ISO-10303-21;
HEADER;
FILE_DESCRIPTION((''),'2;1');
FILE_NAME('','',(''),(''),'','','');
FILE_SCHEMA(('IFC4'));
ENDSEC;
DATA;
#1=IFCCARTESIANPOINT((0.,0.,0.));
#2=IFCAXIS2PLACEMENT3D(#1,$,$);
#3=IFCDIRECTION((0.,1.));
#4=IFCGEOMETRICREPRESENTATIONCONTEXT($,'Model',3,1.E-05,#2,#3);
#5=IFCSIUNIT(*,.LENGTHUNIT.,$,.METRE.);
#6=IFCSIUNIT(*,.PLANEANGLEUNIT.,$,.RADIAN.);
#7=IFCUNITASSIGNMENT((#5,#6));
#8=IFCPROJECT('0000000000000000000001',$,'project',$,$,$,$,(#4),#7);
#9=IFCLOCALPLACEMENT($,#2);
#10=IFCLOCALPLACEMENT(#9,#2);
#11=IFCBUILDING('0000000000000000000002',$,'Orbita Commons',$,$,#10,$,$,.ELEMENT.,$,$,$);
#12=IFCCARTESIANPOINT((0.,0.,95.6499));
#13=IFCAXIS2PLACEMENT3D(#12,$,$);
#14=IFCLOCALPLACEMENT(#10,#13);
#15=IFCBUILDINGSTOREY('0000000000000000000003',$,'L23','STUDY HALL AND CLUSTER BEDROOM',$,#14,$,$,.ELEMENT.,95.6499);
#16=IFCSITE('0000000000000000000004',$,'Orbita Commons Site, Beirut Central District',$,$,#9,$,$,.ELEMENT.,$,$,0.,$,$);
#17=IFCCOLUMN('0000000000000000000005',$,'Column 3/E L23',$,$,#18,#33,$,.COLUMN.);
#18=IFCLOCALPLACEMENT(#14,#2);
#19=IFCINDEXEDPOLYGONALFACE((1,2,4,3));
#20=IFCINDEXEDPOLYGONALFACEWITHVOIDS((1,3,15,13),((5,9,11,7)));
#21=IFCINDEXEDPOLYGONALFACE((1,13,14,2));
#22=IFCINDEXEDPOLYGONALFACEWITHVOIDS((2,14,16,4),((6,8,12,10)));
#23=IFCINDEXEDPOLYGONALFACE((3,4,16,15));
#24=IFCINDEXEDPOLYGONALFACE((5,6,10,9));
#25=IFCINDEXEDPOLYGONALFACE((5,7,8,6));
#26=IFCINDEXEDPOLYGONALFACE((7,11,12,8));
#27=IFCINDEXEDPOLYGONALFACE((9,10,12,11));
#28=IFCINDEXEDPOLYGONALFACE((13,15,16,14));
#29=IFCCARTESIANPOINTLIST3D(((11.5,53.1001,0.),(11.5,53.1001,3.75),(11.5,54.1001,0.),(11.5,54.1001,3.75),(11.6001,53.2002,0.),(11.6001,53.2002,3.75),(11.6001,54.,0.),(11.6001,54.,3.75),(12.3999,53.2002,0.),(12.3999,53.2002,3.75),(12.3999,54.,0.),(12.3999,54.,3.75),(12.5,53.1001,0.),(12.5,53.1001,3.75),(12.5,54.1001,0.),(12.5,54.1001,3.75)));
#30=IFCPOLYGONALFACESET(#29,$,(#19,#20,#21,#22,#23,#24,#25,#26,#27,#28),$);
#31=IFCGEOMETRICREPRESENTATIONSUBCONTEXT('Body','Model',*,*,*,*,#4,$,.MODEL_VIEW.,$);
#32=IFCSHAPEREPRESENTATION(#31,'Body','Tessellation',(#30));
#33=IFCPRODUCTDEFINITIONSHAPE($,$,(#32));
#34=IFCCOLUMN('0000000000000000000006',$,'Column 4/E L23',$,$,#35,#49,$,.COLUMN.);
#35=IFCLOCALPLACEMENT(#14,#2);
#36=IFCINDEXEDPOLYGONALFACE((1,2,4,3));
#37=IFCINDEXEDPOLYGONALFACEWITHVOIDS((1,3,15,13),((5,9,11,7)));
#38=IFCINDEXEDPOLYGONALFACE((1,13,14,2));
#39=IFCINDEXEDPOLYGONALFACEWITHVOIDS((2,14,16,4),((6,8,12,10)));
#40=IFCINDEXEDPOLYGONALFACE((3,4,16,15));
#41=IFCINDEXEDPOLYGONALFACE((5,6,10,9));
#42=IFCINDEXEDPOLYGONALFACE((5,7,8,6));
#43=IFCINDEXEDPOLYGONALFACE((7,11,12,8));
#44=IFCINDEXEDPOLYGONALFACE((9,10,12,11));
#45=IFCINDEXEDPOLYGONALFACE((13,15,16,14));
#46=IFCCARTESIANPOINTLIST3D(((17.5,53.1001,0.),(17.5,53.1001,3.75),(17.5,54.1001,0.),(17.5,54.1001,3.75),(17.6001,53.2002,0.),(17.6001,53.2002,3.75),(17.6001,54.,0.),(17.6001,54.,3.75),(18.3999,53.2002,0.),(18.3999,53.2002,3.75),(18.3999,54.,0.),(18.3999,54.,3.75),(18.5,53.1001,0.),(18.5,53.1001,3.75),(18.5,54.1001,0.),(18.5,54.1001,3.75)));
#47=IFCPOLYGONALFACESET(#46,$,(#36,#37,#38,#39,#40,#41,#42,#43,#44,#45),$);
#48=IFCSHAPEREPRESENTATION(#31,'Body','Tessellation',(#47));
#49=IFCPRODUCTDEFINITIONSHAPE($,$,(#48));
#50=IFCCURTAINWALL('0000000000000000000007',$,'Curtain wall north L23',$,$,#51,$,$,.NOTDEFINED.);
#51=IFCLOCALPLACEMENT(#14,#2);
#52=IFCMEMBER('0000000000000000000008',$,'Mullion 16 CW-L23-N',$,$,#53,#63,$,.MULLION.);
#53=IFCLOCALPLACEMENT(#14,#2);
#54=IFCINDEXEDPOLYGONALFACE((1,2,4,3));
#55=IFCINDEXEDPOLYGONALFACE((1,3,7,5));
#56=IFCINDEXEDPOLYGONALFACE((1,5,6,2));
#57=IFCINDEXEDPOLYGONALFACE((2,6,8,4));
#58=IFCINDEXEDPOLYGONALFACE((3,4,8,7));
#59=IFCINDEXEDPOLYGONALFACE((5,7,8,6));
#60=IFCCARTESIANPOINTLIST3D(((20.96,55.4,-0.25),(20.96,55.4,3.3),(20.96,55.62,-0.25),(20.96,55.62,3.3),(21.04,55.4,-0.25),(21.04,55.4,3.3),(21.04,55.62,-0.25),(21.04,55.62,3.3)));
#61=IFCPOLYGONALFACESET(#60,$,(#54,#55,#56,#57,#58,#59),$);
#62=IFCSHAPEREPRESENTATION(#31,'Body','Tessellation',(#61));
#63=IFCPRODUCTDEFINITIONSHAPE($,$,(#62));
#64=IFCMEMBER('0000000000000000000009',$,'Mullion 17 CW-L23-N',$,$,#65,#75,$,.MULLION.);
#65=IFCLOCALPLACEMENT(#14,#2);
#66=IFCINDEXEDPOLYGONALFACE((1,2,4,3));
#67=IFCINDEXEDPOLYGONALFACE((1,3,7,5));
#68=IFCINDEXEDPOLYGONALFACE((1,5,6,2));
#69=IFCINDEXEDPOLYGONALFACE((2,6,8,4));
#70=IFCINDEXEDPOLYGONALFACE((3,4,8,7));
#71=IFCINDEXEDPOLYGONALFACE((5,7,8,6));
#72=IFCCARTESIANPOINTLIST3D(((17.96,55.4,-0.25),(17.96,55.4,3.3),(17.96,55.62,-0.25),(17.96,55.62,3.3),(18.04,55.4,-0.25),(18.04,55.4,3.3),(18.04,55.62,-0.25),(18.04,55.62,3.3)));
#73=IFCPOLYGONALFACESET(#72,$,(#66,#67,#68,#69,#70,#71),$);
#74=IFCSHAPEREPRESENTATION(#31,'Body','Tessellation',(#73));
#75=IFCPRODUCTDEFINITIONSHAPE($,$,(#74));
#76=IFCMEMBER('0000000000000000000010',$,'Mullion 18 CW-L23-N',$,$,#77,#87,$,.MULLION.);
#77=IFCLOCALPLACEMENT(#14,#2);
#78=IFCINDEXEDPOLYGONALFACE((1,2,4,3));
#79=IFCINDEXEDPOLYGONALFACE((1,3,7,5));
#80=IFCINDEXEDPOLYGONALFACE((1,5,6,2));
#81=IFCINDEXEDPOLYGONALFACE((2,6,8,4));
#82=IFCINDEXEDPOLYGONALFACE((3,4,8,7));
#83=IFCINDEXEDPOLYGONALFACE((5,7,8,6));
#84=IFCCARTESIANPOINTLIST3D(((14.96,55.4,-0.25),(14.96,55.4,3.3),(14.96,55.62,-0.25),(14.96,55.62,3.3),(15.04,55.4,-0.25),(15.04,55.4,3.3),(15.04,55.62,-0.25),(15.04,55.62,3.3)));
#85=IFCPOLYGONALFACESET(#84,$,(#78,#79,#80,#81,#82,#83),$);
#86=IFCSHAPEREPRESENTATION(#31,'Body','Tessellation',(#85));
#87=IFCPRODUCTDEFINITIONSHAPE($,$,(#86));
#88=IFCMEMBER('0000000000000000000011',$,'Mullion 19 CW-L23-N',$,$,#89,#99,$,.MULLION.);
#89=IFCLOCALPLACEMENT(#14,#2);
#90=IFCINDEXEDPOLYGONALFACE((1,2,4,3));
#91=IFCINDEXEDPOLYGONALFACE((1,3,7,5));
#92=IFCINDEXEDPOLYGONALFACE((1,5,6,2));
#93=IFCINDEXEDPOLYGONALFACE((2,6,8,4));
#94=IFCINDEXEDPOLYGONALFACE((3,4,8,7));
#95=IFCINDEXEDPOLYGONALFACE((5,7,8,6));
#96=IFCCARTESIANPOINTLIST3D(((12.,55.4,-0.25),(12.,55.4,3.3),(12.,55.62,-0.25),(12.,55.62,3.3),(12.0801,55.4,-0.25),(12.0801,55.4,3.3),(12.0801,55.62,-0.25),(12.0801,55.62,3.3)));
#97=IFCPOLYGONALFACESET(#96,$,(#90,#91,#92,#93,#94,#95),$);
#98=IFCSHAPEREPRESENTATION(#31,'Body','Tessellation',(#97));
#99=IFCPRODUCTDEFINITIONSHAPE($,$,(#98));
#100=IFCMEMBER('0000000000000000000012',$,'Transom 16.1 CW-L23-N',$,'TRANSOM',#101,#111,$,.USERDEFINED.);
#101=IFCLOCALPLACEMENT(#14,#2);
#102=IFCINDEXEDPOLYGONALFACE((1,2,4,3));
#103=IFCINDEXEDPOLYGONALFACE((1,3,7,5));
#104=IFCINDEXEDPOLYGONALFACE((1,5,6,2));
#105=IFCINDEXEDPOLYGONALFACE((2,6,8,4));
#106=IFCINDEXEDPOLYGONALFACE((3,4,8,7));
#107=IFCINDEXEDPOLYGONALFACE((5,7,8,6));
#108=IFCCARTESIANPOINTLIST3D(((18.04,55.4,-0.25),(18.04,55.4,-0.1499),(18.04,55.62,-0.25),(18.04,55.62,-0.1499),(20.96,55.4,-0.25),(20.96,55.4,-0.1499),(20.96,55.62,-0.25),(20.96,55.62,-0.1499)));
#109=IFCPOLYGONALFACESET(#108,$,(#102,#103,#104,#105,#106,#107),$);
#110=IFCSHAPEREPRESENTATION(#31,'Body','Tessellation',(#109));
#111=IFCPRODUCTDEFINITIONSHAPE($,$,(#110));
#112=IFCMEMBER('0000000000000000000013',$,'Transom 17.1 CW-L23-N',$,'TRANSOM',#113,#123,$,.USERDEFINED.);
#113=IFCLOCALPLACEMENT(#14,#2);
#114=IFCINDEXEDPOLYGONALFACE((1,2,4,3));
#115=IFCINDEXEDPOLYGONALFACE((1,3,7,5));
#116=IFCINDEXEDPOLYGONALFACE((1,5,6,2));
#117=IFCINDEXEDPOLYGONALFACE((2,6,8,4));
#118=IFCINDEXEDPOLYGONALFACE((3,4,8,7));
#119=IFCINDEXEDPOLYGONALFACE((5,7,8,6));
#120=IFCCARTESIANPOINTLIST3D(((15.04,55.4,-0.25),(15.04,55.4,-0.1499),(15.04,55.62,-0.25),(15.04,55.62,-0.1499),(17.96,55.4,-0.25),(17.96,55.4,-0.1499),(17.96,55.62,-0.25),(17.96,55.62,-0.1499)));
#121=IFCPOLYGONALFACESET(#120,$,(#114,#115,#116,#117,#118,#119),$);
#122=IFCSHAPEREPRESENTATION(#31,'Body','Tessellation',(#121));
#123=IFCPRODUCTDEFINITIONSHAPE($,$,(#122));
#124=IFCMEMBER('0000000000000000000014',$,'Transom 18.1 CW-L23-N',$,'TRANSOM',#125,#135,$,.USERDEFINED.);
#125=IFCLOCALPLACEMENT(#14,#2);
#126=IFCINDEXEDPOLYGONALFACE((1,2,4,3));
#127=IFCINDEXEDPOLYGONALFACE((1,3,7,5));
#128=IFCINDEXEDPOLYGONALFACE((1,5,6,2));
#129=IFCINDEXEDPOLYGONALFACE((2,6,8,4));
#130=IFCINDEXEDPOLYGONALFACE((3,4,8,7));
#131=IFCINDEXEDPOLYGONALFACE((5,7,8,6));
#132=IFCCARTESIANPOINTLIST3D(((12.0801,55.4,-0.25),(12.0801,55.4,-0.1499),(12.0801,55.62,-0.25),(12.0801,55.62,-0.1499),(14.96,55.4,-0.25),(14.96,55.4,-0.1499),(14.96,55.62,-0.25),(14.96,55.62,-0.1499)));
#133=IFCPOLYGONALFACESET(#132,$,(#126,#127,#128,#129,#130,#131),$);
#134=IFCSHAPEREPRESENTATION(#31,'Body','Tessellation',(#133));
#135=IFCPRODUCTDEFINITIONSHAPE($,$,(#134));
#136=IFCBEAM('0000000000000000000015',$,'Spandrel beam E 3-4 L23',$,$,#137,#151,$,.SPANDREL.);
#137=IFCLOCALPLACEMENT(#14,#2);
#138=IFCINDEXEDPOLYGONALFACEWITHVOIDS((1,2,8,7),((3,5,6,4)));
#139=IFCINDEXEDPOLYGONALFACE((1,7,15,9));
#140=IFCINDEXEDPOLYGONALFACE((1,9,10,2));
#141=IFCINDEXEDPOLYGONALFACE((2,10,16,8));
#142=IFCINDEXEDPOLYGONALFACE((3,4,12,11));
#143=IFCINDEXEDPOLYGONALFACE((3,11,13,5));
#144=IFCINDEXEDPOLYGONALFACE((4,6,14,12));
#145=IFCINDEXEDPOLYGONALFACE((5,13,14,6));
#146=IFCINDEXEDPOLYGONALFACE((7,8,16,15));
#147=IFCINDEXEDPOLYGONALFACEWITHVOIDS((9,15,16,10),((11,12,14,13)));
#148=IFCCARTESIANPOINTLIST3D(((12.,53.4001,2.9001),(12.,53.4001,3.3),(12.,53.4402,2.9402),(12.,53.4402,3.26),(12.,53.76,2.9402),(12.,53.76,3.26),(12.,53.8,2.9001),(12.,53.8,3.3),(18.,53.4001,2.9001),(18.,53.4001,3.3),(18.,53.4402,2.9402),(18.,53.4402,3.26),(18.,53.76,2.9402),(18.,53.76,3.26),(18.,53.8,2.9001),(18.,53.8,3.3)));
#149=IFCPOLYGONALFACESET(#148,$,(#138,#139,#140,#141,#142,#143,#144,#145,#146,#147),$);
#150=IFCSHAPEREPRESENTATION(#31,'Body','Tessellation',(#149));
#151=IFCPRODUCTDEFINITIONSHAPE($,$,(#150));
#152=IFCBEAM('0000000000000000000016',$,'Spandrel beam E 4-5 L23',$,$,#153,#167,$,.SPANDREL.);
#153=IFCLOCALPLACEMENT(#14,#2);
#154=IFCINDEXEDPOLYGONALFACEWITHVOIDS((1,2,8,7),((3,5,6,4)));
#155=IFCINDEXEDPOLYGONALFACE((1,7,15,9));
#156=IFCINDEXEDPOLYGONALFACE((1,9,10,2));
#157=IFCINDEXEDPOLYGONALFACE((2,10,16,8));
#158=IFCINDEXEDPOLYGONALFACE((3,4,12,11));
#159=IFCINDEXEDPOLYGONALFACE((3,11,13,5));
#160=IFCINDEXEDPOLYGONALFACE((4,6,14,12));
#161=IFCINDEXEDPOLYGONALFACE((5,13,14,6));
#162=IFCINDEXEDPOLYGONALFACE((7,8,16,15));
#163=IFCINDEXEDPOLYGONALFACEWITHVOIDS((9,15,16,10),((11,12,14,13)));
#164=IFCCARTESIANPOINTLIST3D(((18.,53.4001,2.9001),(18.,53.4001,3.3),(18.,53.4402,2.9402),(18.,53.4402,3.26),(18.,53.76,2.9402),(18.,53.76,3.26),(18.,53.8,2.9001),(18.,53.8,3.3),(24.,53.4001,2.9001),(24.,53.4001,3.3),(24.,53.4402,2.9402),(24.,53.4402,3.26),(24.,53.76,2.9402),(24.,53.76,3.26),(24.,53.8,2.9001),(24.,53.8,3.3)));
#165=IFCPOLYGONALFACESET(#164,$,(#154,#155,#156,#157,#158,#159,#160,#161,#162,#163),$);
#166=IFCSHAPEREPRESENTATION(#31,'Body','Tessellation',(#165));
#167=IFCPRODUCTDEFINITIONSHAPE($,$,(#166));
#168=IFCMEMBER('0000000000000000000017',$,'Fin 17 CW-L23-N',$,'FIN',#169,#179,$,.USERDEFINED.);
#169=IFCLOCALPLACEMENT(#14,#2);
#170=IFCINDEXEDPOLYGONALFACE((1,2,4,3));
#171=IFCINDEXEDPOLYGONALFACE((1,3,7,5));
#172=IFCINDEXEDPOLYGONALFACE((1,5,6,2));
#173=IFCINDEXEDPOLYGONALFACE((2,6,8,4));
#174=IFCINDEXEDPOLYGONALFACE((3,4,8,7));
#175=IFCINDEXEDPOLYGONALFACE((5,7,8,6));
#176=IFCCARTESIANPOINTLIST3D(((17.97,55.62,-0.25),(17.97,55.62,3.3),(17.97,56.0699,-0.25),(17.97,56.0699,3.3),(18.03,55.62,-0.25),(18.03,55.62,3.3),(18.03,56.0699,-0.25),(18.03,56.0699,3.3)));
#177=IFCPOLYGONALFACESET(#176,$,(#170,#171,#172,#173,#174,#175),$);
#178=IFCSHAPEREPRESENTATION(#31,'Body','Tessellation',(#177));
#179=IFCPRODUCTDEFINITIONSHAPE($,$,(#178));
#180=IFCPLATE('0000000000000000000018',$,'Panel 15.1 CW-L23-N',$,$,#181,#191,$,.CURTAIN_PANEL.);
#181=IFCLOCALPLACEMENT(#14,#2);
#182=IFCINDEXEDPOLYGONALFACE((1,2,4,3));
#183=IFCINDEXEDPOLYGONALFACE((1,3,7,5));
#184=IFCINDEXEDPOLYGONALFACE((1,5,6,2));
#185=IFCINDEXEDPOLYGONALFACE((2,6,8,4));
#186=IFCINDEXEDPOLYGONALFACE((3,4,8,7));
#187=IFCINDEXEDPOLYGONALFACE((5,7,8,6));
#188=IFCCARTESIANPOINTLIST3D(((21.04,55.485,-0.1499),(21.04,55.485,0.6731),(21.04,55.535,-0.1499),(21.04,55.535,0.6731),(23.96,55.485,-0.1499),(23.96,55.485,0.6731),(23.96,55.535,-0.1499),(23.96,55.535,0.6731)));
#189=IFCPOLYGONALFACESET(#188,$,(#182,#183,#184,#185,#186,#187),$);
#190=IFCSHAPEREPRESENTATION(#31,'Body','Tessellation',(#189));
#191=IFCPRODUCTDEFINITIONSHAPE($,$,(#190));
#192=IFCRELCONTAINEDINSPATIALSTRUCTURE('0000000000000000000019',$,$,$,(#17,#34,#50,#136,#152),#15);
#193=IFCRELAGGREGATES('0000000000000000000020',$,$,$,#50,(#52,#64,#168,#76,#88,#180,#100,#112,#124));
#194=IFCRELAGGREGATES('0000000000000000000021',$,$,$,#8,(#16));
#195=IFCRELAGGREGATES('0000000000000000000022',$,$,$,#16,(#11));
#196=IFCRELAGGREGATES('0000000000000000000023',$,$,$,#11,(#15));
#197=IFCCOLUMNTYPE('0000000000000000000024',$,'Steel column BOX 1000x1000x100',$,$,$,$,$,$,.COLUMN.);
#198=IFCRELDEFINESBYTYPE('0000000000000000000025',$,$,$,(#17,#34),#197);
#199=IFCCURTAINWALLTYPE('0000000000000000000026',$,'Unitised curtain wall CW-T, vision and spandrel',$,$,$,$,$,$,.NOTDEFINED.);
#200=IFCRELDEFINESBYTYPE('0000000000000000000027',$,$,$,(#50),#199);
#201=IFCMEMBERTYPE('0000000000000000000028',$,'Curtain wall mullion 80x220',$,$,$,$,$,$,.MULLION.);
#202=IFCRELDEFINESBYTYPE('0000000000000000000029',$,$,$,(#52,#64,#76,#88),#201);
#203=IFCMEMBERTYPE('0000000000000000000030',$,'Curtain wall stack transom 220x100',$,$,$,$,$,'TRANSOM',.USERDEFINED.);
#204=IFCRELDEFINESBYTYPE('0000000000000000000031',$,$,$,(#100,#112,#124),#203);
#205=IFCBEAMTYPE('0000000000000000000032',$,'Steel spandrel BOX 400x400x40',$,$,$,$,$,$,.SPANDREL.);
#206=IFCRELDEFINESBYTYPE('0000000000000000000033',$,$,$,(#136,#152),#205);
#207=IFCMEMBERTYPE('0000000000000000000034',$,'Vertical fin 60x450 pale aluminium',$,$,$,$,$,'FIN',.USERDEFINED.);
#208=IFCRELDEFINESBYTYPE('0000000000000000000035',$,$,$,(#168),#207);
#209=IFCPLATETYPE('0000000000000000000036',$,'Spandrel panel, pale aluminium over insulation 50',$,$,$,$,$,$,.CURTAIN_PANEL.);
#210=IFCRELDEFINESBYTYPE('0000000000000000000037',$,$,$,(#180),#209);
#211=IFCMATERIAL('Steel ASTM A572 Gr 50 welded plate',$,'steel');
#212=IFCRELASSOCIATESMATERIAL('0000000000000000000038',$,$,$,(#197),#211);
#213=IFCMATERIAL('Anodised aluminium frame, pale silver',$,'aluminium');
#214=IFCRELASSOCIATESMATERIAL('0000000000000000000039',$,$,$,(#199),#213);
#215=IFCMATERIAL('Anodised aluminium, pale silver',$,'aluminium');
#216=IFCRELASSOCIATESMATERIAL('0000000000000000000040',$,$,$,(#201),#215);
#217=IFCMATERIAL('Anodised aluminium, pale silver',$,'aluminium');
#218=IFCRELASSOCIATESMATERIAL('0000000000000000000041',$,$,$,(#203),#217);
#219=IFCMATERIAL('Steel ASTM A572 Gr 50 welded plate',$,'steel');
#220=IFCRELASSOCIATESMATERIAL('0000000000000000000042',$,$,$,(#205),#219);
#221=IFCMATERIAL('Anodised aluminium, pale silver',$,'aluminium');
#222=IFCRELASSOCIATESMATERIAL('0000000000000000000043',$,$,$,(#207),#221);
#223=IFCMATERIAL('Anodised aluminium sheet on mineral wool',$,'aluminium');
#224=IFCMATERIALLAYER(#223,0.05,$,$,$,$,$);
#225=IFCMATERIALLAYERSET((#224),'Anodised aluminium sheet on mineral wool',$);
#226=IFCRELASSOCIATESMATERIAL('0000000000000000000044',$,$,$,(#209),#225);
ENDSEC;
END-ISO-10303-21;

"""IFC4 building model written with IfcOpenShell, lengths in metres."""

from ifc_helpers import new_model, si_unit, direction, frame, origin, origin_2d, place, context, subcontext, project, spatial, rectangle, hollow_rectangle, extrude, material, layer, layer_set, material_profile, profile_set, type_object, element, aggregate, save


model = new_model("IFC4")

# Units and contexts
model_context = context("Model", 3, precision=1e-05, world=origin(), true_north=direction((0.0, 1.0)))
body_context = subcontext(model_context, "Body", "Model", "MODEL_VIEW")
ifc_project = project(units=[si_unit("LENGTHUNIT", "METRE"), si_unit("PLANEANGLEUNIT", "RADIAN")], contexts=[model_context])

# Site, building, storey
site_placement = place(None, origin())
site = spatial("IfcSite", under=ifc_project, at=site_placement, Name="Orbita Commons Site, Beirut Central District", CompositionType="ELEMENT", RefElevation=0.0)
building_placement = place(site_placement, origin())
building = spatial("IfcBuilding", under=site, at=building_placement, Name="Orbita Commons", CompositionType="ELEMENT")
storey_placement = place(building_placement, frame((0.0, 0.0, 95.6499)))
storey = spatial("IfcBuildingStorey", under=building, at=storey_placement, Name="L23", Description="STUDY HALL AND CLUSTER BEDROOM", CompositionType="ELEMENT", Elevation=95.6499)

# Columns
ifc_material_1 = material(Name="Steel ASTM A572 Gr 50 welded plate", Category="steel")
ifc_material_profile_1 = material_profile(ifc_material_1, hollow_rectangle(XDim=1.0, YDim=1.0, WallThickness=0.1001, at=origin_2d()), Name="BOX 1000x1000x100")
ifc_profile_set_1 = profile_set([ifc_material_profile_1], Name="Steel ASTM A572 Gr 50 welded plate")
column_type = type_object("IfcColumnType", Name="Steel column BOX 1000x1000x100", PredefinedType="COLUMN", material=ifc_profile_set_1)
for number, where, z_axis, x_axis, name in (
    (1, (12.0, 53.6001, 0.0), (0.0, 0.0, 1.0), (1.0, 0.0, 0.0), "Column 3/E L23"),
    (2, (18.0, 53.6001, 0.0), (0.0, 0.0, 1.0), (1.0, 0.0, 0.0), "Column 4/E L23"),
):
    element("IfcColumn", number, at=place(storey_placement, frame(where, z_axis=z_axis, x_axis=x_axis)), inside=storey, type_object=column_type, Name=name, PredefinedType="COLUMN", context=body_context, shape_type="SweptSolid", body=[
        extrude(hollow_rectangle(XDim=1.0, YDim=1.0, WallThickness=0.1001, at=origin_2d()), origin(), (0.0, 0.0, 1.0), 3.75),
    ])

# Curtain wall, members
ifc_material_2 = material(Name="Anodised aluminium frame, pale silver", Category="aluminium")
curtain_wall_type = type_object("IfcCurtainWallType", Name="Unitised curtain wall CW-T, vision and spandrel", PredefinedType="NOTDEFINED", material=ifc_material_2)
curtain_wall_placement = place(storey_placement, origin())
curtain_wall = element("IfcCurtainWall", 3, at=curtain_wall_placement, inside=storey, type_object=curtain_wall_type, Name="Curtain wall north L23", PredefinedType="NOTDEFINED")
ifc_material_3 = material(Name="Anodised aluminium, pale silver", Category="aluminium")
ifc_material_profile_2 = material_profile(ifc_material_3, rectangle(XDim=0.0801, YDim=0.22, at=origin_2d()), Name="AL 80x220")
ifc_profile_set_2 = profile_set([ifc_material_profile_2], Name="Anodised aluminium, pale silver")
member_type_1 = type_object("IfcMemberType", Name="Curtain wall mullion 80x220", PredefinedType="MULLION", material=ifc_profile_set_2)
member_1_placement = place(storey_placement, frame((21.0, 55.51, -0.25), z_axis=(0.0, 0.0, 1.0), x_axis=(-1.0, 0.0, 0.0)))
member_1 = element("IfcMember", 4, at=member_1_placement, type_object=member_type_1, Name="Mullion 16 CW-L23-N", PredefinedType="MULLION", context=body_context, shape_type="SweptSolid", body=[
    extrude(rectangle(XDim=0.0801, YDim=0.22, at=origin_2d()), origin(), (0.0, 0.0, 1.0), 3.55),
])
member_2_placement = place(storey_placement, frame((18.0, 55.51, -0.25), z_axis=(0.0, 0.0, 1.0), x_axis=(-1.0, 0.0, 0.0)))
member_2 = element("IfcMember", 5, at=member_2_placement, type_object=member_type_1, Name="Mullion 17 CW-L23-N", PredefinedType="MULLION", context=body_context, shape_type="SweptSolid", body=[
    extrude(rectangle(XDim=0.0801, YDim=0.22, at=origin_2d()), origin(), (0.0, 0.0, 1.0), 3.55),
])
member_3_placement = place(storey_placement, frame((15.0, 55.51, -0.25), z_axis=(0.0, 0.0, 1.0), x_axis=(-1.0, 0.0, 0.0)))
member_3 = element("IfcMember", 6, at=member_3_placement, type_object=member_type_1, Name="Mullion 18 CW-L23-N", PredefinedType="MULLION", context=body_context, shape_type="SweptSolid", body=[
    extrude(rectangle(XDim=0.0801, YDim=0.22, at=origin_2d()), origin(), (0.0, 0.0, 1.0), 3.55),
])
member_4_placement = place(storey_placement, frame((12.04, 55.51, -0.25), z_axis=(0.0, 0.0, 1.0), x_axis=(-1.0, 0.0, 0.0)))
member_4 = element("IfcMember", 7, at=member_4_placement, type_object=member_type_1, Name="Mullion 19 CW-L23-N", PredefinedType="MULLION", context=body_context, shape_type="SweptSolid", body=[
    extrude(rectangle(XDim=0.0801, YDim=0.22, at=origin_2d()), origin(), (0.0, 0.0, 1.0), 3.55),
])
ifc_material_4 = material(Name="Anodised aluminium, pale silver", Category="aluminium")
ifc_material_profile_3 = material_profile(ifc_material_4, rectangle(XDim=0.22, YDim=0.1001, at=origin_2d()), Name="AL 220x100")
ifc_profile_set_3 = profile_set([ifc_material_profile_3], Name="Anodised aluminium, pale silver")
member_type_2 = type_object("IfcMemberType", Name="Curtain wall stack transom 220x100", ElementType="TRANSOM", PredefinedType="USERDEFINED", material=ifc_profile_set_3)
member_5_placement = place(storey_placement, frame((20.96, 55.51, -0.2), z_axis=(-1.0, 0.0, 0.0), x_axis=(0.0, -1.0, 0.0)))
member_5 = element("IfcMember", 8, at=member_5_placement, type_object=member_type_2, Name="Transom 16.1 CW-L23-N", ObjectType="TRANSOM", PredefinedType="USERDEFINED", context=body_context, shape_type="SweptSolid", body=[
    extrude(rectangle(XDim=0.22, YDim=0.1001, at=origin_2d()), origin(), (0.0, 0.0, 1.0), 2.9199),
])
member_6_placement = place(storey_placement, frame((17.96, 55.51, -0.2), z_axis=(-1.0, 0.0, 0.0), x_axis=(0.0, -1.0, 0.0)))
member_6 = element("IfcMember", 9, at=member_6_placement, type_object=member_type_2, Name="Transom 17.1 CW-L23-N", ObjectType="TRANSOM", PredefinedType="USERDEFINED", context=body_context, shape_type="SweptSolid", body=[
    extrude(rectangle(XDim=0.22, YDim=0.1001, at=origin_2d()), origin(), (0.0, 0.0, 1.0), 2.9199),
])
member_7_placement = place(storey_placement, frame((14.96, 55.51, -0.2), z_axis=(-1.0, 0.0, 0.0), x_axis=(0.0, -1.0, 0.0)))
member_7 = element("IfcMember", 10, at=member_7_placement, type_object=member_type_2, Name="Transom 18.1 CW-L23-N", ObjectType="TRANSOM", PredefinedType="USERDEFINED", context=body_context, shape_type="SweptSolid", body=[
    extrude(rectangle(XDim=0.22, YDim=0.1001, at=origin_2d()), origin(), (0.0, 0.0, 1.0), 2.8799),
])

# Beams
ifc_material_5 = material(Name="Steel ASTM A572 Gr 50 welded plate", Category="steel")
ifc_material_profile_4 = material_profile(ifc_material_5, hollow_rectangle(XDim=0.3999, YDim=0.3999, WallThickness=0.04, at=origin_2d()), Name="BOX 400x400x40")
ifc_profile_set_4 = profile_set([ifc_material_profile_4], Name="Steel ASTM A572 Gr 50 welded plate")
beam_type = type_object("IfcBeamType", Name="Steel spandrel BOX 400x400x40", PredefinedType="SPANDREL", material=ifc_profile_set_4)
for number, where, z_axis, x_axis, name in (
    (11, (12.0, 53.6001, 3.1001), (1.0, 0.0, 0.0), (0.0, 1.0, 0.0), "Spandrel beam E 3-4 L23"),
    (12, (18.0, 53.6001, 3.1001), (1.0, 0.0, 0.0), (0.0, 1.0, 0.0), "Spandrel beam E 4-5 L23"),
):
    element("IfcBeam", number, at=place(storey_placement, frame(where, z_axis=z_axis, x_axis=x_axis)), inside=storey, type_object=beam_type, Name=name, PredefinedType="SPANDREL", context=body_context, shape_type="SweptSolid", body=[
        extrude(hollow_rectangle(XDim=0.3999, YDim=0.3999, WallThickness=0.04, at=origin_2d()), origin(), (0.0, 0.0, 1.0), 6.0),
    ])

# Member
ifc_material_6 = material(Name="Anodised aluminium, pale silver", Category="aluminium")
ifc_material_profile_5 = material_profile(ifc_material_6, rectangle(XDim=0.0601, YDim=0.45, at=origin_2d()), Name="FIN 60x450")
ifc_profile_set_5 = profile_set([ifc_material_profile_5], Name="Anodised aluminium, pale silver")
member_type_3 = type_object("IfcMemberType", Name="Vertical fin 60x450 pale aluminium", ElementType="FIN", PredefinedType="USERDEFINED", material=ifc_profile_set_5)
member_8_placement = place(storey_placement, frame((18.0, 55.845, -0.25), z_axis=(0.0, 0.0, 1.0), x_axis=(-1.0, 0.0, 0.0)))
member_8 = element("IfcMember", 13, at=member_8_placement, type_object=member_type_3, Name="Fin 17 CW-L23-N", ObjectType="FIN", PredefinedType="USERDEFINED", context=body_context, shape_type="SweptSolid", body=[
    extrude(rectangle(XDim=0.0601, YDim=0.45, at=origin_2d()), origin(), (0.0, 0.0, 1.0), 3.55),
])

# Plate
ifc_material_7 = material(Name="Anodised aluminium sheet on mineral wool", Category="aluminium")
ifc_layer_1 = layer(ifc_material_7, 0.05)
ifc_layer_set_1 = layer_set([ifc_layer_1], Name="Anodised aluminium sheet on mineral wool")
plate_type_1 = type_object("IfcPlateType", Name="Spandrel panel, pale aluminium over insulation 50", PredefinedType="CURTAIN_PANEL", material=ifc_layer_set_1)
plate_1_placement = place(storey_placement, frame((22.5, 55.51, -0.1499), z_axis=(0.0, 0.0, 1.0), x_axis=(-1.0, 0.0, 0.0)))
plate_1 = element("IfcPlate", 14, at=plate_1_placement, type_object=plate_type_1, Name="Panel 15.1 CW-L23-N", PredefinedType="CURTAIN_PANEL", context=body_context, shape_type="SweptSolid", body=[
    extrude(rectangle(XDim=2.9199, YDim=0.05, at=origin_2d()), origin(), (0.0, 0.0, 1.0), 0.823),
])
aggregate(curtain_wall, [member_1, member_2, member_8, member_3, member_4, plate_1, member_5, member_6, member_7])

save(model, "model.ifc")
